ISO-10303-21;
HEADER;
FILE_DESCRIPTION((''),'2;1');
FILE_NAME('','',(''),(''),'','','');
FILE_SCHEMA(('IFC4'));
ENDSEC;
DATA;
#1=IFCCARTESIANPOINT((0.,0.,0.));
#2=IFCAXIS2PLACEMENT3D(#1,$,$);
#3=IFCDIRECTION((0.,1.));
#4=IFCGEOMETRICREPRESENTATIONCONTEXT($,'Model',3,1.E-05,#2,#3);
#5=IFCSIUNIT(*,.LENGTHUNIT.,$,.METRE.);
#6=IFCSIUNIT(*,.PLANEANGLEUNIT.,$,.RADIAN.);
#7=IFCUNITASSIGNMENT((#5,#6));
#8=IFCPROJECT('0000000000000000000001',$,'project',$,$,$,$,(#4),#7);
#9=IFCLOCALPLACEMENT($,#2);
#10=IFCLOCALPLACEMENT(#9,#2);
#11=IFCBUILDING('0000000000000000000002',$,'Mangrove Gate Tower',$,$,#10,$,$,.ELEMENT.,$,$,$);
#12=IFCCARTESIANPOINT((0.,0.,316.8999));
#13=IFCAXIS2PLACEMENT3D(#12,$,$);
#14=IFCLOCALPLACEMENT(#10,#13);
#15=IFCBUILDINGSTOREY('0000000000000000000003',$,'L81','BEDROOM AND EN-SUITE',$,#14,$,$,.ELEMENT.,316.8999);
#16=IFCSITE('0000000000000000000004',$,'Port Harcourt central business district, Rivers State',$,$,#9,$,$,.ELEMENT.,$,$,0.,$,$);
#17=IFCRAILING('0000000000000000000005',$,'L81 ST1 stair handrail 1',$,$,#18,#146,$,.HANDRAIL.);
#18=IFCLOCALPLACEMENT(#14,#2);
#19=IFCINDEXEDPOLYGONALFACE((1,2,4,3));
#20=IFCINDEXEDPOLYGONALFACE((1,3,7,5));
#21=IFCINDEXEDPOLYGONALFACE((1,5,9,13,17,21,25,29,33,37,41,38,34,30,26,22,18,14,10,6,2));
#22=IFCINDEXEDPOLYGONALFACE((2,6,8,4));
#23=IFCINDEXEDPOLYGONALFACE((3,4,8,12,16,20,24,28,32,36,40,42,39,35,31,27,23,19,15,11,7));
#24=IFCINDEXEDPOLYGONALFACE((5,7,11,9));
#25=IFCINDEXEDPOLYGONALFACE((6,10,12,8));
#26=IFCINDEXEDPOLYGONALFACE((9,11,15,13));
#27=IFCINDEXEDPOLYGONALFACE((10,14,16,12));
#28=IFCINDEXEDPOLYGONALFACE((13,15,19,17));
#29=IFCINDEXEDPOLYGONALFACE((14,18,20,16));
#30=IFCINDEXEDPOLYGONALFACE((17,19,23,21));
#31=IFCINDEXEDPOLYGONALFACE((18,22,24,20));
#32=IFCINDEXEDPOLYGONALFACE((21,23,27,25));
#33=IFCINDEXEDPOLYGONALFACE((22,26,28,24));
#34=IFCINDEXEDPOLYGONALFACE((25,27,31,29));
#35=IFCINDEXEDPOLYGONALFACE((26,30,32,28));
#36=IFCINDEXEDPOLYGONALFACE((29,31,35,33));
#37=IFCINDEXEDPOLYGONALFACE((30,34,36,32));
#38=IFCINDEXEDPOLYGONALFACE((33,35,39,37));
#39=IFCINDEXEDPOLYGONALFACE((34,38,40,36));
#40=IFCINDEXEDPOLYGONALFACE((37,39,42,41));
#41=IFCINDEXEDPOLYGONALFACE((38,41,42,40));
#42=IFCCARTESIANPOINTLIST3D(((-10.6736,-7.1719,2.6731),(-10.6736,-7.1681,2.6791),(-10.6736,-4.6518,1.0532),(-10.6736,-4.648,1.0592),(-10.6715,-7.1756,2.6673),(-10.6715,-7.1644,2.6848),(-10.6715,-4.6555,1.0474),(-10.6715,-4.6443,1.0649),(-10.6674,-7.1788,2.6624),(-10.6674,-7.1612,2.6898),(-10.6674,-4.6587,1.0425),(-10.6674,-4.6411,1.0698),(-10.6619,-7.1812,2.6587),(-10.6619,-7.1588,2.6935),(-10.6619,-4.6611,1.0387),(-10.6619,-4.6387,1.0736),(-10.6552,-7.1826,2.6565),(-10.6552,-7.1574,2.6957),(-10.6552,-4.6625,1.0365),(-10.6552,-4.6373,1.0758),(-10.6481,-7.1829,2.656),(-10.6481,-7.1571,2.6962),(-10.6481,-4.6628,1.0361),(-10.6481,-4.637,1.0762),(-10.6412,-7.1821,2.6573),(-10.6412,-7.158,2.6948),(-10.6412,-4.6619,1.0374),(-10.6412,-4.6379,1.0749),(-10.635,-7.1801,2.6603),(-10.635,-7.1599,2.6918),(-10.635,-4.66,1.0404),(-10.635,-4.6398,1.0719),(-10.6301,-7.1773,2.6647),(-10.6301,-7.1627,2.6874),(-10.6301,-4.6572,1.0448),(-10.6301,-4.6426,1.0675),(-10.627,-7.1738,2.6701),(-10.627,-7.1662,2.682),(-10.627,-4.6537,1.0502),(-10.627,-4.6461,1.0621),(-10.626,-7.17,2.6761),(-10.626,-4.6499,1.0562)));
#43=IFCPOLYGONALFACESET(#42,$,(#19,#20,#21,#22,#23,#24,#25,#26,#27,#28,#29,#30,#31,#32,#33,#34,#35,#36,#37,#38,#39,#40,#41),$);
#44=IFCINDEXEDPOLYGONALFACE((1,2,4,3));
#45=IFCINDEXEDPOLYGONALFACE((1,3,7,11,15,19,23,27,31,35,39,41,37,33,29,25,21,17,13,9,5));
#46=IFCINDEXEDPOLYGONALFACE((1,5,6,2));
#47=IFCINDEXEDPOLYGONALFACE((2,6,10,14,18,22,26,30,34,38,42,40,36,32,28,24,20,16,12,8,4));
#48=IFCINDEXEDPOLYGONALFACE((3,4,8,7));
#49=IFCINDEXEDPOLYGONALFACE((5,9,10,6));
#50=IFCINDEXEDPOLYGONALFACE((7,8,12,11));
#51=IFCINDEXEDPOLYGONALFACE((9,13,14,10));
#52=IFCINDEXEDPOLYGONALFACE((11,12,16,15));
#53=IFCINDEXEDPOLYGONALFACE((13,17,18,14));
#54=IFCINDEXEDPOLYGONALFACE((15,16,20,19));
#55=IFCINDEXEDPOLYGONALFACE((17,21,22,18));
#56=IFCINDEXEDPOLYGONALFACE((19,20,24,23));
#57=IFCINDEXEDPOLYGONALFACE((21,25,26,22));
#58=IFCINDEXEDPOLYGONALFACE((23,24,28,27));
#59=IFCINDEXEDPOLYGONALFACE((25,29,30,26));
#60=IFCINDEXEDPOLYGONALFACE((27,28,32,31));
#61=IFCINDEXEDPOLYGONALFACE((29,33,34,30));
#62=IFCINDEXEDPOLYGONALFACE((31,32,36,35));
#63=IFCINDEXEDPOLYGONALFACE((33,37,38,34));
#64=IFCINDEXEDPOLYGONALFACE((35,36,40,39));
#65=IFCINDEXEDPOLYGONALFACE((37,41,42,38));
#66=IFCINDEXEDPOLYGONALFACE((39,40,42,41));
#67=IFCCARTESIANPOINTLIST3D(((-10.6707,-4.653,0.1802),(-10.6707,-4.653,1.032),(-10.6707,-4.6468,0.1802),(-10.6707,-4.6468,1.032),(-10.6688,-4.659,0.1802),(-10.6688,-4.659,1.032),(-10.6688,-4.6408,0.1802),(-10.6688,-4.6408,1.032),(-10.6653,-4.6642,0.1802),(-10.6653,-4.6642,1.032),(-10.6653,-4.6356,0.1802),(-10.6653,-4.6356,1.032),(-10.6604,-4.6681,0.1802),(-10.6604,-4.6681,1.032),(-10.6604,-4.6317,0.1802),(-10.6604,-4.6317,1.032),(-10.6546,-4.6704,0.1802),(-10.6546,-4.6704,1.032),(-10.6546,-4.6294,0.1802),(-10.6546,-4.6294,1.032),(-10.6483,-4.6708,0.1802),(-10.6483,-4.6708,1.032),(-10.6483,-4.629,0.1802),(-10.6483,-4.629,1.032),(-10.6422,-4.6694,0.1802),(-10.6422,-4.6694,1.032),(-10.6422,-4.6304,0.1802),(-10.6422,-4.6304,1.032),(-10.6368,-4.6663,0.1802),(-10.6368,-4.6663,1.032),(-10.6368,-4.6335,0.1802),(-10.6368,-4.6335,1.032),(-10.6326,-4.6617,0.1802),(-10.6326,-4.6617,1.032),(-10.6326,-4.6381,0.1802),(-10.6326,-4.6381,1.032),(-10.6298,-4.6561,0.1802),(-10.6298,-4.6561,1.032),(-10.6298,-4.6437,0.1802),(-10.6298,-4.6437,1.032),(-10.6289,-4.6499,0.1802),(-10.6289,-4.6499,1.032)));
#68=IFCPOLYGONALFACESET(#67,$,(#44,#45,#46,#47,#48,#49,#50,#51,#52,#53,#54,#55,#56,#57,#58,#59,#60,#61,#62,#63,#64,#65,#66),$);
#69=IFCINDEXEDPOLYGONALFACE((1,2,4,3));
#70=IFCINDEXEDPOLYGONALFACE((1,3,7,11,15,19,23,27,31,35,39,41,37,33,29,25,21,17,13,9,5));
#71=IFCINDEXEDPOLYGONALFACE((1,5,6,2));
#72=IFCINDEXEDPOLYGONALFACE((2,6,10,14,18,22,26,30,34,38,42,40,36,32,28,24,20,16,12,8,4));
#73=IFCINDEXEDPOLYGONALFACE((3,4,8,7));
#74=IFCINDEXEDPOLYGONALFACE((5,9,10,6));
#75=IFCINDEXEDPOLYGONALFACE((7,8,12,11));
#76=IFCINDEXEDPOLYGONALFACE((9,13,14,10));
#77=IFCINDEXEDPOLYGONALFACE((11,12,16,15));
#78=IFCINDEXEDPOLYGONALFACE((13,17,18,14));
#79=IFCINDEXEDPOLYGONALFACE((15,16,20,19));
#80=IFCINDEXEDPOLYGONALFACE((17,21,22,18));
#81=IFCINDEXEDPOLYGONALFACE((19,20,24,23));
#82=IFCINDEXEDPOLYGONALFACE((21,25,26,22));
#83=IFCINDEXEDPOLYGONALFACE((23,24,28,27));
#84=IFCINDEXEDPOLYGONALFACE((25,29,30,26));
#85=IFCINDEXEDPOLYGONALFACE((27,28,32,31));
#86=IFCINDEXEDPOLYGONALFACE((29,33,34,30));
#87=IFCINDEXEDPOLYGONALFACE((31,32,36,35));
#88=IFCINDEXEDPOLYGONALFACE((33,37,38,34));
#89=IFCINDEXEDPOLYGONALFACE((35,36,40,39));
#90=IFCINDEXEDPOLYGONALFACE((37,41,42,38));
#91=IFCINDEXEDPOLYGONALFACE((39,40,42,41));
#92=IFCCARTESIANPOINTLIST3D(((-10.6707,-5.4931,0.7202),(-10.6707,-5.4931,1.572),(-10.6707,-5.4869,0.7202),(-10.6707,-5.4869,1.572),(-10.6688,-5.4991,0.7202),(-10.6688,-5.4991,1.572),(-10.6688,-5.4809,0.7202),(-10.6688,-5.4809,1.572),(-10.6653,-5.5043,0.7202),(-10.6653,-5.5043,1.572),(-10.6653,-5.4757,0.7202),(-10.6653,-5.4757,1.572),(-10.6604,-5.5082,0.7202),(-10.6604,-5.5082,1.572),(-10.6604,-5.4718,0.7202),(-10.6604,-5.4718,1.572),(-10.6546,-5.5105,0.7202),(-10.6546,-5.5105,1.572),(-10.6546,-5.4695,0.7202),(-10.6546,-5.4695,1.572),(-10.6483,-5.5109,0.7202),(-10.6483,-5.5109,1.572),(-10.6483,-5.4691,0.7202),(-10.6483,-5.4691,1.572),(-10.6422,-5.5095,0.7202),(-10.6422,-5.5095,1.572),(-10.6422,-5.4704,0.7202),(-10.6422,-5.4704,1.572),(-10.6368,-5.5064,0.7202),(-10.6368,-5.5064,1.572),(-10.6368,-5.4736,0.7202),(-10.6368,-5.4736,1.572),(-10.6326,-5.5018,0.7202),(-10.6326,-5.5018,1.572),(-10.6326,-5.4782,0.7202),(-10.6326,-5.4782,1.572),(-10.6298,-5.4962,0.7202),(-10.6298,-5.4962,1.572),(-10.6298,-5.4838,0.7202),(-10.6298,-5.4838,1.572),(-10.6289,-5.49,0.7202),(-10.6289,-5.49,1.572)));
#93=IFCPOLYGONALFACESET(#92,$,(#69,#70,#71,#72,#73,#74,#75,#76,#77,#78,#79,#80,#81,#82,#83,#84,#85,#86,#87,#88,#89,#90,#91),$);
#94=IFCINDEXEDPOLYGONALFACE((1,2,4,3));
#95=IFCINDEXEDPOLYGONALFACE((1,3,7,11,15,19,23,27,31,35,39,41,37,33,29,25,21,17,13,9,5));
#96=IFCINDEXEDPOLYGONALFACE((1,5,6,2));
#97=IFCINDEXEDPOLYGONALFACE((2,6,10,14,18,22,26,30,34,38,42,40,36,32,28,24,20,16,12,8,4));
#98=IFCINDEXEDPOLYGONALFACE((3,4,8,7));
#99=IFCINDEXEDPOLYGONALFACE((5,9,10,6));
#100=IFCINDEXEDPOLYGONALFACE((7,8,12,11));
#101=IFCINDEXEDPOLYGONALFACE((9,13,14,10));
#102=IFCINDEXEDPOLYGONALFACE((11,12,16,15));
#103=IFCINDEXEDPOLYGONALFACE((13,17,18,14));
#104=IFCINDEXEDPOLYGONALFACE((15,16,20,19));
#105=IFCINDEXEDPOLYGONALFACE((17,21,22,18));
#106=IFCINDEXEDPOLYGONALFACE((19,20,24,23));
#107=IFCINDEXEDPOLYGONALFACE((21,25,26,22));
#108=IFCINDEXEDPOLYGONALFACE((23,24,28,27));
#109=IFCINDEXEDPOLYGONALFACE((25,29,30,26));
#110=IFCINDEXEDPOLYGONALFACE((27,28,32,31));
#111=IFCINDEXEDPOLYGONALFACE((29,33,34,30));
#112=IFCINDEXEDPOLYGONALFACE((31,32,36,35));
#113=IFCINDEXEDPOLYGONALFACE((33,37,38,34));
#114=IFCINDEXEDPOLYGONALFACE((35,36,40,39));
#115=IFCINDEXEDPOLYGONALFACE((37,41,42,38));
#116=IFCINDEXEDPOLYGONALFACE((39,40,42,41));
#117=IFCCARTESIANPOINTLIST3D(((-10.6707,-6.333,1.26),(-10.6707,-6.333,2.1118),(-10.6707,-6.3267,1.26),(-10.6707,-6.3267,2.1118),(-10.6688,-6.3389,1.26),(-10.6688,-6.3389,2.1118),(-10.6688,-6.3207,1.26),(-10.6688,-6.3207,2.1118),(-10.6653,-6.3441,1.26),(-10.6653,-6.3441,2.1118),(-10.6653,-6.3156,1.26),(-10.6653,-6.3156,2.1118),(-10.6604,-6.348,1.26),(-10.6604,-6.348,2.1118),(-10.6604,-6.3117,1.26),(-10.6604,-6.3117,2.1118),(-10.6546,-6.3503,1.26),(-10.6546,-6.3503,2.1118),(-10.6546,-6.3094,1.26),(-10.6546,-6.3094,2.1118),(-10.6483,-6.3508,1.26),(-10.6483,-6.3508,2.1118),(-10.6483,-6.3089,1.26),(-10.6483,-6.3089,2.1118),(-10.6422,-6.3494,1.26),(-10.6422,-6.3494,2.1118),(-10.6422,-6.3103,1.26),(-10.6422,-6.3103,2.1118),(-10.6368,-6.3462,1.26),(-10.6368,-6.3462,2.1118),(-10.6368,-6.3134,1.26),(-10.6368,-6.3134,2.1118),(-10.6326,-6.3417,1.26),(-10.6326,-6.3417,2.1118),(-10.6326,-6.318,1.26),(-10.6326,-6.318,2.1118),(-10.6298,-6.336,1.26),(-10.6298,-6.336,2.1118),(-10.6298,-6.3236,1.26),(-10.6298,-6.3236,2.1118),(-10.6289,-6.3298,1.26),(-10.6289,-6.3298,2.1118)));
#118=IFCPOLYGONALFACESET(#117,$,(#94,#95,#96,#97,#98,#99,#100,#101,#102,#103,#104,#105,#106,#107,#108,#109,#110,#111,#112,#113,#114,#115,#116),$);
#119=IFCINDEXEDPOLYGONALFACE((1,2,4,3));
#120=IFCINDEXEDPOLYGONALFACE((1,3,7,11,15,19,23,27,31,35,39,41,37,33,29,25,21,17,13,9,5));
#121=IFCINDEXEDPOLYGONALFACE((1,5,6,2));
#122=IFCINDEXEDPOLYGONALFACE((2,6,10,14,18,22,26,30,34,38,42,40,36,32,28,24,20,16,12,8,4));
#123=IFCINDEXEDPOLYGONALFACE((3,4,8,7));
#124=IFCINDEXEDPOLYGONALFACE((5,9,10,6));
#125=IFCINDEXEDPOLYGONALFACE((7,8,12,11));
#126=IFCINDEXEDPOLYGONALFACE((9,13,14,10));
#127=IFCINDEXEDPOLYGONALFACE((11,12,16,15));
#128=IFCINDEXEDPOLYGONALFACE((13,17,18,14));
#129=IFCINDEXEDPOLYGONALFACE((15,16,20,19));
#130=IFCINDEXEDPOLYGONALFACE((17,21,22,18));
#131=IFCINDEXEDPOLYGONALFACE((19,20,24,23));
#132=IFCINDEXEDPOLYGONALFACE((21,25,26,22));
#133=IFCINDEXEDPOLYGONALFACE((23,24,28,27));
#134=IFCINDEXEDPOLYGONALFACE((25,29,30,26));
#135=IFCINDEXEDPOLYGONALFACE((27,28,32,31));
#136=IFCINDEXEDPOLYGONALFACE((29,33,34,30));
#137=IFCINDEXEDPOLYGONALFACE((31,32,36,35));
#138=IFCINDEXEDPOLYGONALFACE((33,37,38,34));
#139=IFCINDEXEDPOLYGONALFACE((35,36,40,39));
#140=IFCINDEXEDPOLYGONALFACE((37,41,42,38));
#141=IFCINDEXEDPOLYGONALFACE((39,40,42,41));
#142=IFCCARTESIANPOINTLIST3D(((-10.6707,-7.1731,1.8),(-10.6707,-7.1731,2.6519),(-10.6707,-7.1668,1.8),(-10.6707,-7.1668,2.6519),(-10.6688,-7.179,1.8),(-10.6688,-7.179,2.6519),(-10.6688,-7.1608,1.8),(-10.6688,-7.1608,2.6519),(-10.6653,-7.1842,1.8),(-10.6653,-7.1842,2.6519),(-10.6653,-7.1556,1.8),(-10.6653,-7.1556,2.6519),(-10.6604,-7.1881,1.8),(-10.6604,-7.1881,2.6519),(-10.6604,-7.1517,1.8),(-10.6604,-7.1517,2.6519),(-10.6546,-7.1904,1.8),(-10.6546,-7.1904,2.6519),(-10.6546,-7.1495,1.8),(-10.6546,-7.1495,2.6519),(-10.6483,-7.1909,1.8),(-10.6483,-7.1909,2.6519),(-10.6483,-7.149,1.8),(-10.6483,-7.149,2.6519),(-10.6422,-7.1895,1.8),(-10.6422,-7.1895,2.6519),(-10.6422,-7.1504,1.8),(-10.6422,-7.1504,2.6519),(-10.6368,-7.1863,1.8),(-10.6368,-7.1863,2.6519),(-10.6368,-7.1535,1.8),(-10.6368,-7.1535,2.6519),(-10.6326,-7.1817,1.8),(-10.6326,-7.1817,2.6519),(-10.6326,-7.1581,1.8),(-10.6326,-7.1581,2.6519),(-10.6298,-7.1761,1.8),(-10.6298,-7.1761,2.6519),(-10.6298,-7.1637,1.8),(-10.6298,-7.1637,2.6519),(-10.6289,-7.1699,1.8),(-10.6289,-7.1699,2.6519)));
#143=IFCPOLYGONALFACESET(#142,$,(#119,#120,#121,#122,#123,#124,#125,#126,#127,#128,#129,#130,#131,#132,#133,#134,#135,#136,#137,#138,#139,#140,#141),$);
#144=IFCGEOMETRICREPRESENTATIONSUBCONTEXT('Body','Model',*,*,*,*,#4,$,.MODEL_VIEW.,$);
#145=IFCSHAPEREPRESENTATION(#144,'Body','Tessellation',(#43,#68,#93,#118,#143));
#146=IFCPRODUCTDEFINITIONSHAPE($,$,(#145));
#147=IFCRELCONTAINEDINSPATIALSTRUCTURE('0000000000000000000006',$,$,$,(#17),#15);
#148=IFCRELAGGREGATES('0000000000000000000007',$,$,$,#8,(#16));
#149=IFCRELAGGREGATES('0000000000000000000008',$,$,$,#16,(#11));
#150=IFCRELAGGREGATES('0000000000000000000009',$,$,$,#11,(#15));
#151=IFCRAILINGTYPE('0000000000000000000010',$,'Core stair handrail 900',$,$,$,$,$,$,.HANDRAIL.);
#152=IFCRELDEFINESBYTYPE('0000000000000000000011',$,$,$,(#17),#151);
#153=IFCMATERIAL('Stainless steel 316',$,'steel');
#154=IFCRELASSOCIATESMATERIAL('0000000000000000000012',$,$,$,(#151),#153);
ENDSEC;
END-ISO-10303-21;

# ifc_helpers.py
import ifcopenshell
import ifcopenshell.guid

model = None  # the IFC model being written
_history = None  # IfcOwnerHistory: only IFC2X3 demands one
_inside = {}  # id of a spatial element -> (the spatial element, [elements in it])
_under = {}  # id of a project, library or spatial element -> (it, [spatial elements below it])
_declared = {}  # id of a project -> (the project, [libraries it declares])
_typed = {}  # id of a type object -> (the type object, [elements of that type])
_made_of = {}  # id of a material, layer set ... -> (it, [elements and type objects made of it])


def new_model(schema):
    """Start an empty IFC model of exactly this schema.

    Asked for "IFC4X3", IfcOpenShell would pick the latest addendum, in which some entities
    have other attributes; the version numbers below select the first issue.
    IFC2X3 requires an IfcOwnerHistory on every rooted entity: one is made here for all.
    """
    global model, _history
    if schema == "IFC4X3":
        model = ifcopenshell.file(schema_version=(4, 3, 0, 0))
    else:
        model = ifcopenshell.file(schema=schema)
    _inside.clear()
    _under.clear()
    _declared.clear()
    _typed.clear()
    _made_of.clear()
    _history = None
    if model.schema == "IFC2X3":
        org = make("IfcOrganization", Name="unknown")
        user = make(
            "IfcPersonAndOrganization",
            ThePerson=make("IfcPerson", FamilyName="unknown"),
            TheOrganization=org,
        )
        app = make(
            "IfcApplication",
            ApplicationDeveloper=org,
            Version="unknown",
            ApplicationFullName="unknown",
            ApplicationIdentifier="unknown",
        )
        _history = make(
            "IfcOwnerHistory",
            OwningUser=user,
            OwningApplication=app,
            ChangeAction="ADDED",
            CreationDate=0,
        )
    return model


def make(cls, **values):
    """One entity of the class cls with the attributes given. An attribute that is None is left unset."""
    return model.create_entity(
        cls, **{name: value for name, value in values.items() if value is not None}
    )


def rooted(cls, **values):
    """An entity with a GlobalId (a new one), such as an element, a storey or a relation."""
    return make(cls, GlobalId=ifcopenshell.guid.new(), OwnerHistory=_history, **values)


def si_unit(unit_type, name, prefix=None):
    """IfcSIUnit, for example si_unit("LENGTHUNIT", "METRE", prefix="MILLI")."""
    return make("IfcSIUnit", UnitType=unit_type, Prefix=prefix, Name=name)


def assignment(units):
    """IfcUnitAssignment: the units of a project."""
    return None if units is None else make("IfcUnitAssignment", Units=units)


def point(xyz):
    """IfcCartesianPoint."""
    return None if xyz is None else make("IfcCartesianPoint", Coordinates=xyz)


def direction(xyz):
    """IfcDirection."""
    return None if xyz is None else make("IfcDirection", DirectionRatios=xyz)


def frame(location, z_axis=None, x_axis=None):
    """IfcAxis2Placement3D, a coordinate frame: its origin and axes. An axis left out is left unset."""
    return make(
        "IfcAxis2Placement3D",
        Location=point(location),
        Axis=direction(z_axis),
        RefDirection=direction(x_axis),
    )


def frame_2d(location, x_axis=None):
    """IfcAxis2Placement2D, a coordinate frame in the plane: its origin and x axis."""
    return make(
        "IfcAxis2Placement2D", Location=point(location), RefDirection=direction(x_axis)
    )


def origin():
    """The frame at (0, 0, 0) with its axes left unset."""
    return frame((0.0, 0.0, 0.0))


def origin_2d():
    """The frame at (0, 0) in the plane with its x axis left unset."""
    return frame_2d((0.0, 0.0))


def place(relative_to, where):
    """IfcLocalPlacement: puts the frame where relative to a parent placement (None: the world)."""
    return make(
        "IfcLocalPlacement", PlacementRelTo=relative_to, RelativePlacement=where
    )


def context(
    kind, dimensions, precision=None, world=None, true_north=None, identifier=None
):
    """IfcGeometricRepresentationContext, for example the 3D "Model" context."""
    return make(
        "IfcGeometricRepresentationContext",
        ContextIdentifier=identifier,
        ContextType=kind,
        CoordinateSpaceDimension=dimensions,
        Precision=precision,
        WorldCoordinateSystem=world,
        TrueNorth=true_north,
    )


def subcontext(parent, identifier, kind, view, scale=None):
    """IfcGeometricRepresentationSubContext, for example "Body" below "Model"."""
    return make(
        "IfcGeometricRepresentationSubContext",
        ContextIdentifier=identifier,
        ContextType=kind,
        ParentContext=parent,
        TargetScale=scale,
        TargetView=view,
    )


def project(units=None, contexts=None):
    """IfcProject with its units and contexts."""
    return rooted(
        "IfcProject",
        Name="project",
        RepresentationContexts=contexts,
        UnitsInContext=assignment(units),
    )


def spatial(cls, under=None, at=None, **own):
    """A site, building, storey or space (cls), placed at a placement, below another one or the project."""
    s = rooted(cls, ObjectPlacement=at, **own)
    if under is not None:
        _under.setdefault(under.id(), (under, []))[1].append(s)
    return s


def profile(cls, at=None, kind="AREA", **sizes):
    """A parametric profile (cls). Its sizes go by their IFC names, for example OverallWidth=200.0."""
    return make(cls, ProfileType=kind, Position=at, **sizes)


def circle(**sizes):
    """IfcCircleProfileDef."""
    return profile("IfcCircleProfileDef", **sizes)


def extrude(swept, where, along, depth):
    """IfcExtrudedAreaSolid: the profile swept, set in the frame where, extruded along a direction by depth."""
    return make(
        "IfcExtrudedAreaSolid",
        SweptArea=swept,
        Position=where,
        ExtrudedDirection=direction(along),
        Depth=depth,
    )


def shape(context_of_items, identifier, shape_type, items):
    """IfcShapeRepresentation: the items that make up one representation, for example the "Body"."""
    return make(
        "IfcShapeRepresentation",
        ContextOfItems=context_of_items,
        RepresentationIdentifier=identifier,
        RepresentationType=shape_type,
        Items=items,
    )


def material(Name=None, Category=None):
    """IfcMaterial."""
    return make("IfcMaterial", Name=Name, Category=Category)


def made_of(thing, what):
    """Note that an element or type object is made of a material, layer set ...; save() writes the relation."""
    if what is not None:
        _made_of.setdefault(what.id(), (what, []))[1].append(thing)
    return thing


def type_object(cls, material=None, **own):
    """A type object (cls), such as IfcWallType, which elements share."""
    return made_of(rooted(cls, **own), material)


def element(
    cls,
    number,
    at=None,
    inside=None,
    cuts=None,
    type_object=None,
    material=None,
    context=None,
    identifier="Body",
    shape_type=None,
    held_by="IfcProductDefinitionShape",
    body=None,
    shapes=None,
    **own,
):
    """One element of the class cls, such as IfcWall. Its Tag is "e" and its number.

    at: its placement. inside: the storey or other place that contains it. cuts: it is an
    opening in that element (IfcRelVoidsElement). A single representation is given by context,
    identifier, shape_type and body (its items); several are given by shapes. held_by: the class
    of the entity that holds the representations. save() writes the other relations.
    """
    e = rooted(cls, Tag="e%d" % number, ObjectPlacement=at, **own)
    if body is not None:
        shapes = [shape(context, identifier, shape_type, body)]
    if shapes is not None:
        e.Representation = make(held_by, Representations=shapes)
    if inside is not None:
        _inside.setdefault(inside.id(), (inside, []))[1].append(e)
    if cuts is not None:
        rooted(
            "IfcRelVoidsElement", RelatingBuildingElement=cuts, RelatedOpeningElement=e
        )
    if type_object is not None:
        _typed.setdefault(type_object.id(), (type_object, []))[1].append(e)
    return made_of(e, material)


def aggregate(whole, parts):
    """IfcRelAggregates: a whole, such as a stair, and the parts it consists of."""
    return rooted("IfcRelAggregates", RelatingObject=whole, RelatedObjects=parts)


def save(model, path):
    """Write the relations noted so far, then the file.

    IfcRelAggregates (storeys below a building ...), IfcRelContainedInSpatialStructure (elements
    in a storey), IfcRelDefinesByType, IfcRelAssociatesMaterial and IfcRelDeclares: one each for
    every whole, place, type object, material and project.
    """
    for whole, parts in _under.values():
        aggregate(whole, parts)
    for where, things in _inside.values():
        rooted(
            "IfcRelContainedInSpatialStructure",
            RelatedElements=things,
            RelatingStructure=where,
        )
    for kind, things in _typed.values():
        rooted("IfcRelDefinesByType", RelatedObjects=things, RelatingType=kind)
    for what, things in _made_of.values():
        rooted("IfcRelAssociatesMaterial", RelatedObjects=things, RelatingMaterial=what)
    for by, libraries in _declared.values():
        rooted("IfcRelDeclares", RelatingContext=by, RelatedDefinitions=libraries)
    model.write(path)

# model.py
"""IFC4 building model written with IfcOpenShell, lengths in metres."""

from ifc_helpers import new_model, si_unit, direction, frame, origin, origin_2d, place, context, subcontext, project, spatial, circle, extrude, material, type_object, element, save


model = new_model("IFC4")

# Units and contexts
model_context = context("Model", 3, precision=1e-05, world=origin(), true_north=direction((0.0, 1.0)))
body_context = subcontext(model_context, "Body", "Model", "MODEL_VIEW")
ifc_project = project(units=[si_unit("LENGTHUNIT", "METRE"), si_unit("PLANEANGLEUNIT", "RADIAN")], contexts=[model_context])

# Site, building, storey
site_placement = place(None, origin())
site = spatial("IfcSite", under=ifc_project, at=site_placement, Name="Port Harcourt central business district, Rivers State", CompositionType="ELEMENT", RefElevation=0.0)
building_placement = place(site_placement, origin())
building = spatial("IfcBuilding", under=site, at=building_placement, Name="Mangrove Gate Tower", CompositionType="ELEMENT")
storey_placement = place(building_placement, frame((0.0, 0.0, 316.8999)))
storey = spatial("IfcBuildingStorey", under=building, at=storey_placement, Name="L81", Description="BEDROOM AND EN-SUITE", CompositionType="ELEMENT", Elevation=316.8999)

# Railing
ifc_material_1 = material(Name="Stainless steel 316", Category="steel")
railing_type_1 = type_object("IfcRailingType", Name="Core stair handrail 900", PredefinedType="HANDRAIL", material=ifc_material_1)
railing_1_placement = place(storey_placement, frame((-10.6499, -4.6499, 0.1802)))
element("IfcRailing", 1, at=railing_1_placement, inside=storey, type_object=railing_type_1, Name="L81 ST1 stair handrail 1", PredefinedType="HANDRAIL", context=body_context, shape_type="SweptSolid", body=[
    extrude(circle(Radius=0.0239, at=origin_2d()), frame((0.0, 0.0, 0.876), z_axis=(0.0, -0.8412, 0.540725), x_axis=(1.0, 0.0, 0.0)), (0.0, 0.0, 1.0), 2.9958),
    extrude(circle(Radius=0.021, at=origin_2d()), origin(), (0.0, 0.0, 1.0), 0.8518),
    extrude(circle(Radius=0.021, at=origin_2d()), frame((0.0, -0.8401, 0.54)), (0.0, 0.0, 1.0), 0.8518),
    extrude(circle(Radius=0.021, at=origin_2d()), frame((0.0, -1.6799, 1.0798)), (0.0, 0.0, 1.0), 0.8518),
    extrude(circle(Radius=0.021, at=origin_2d()), frame((0.0, -2.52, 1.6199)), (0.0, 0.0, 1.0), 0.8518),
])

save(model, "model.ifc")
